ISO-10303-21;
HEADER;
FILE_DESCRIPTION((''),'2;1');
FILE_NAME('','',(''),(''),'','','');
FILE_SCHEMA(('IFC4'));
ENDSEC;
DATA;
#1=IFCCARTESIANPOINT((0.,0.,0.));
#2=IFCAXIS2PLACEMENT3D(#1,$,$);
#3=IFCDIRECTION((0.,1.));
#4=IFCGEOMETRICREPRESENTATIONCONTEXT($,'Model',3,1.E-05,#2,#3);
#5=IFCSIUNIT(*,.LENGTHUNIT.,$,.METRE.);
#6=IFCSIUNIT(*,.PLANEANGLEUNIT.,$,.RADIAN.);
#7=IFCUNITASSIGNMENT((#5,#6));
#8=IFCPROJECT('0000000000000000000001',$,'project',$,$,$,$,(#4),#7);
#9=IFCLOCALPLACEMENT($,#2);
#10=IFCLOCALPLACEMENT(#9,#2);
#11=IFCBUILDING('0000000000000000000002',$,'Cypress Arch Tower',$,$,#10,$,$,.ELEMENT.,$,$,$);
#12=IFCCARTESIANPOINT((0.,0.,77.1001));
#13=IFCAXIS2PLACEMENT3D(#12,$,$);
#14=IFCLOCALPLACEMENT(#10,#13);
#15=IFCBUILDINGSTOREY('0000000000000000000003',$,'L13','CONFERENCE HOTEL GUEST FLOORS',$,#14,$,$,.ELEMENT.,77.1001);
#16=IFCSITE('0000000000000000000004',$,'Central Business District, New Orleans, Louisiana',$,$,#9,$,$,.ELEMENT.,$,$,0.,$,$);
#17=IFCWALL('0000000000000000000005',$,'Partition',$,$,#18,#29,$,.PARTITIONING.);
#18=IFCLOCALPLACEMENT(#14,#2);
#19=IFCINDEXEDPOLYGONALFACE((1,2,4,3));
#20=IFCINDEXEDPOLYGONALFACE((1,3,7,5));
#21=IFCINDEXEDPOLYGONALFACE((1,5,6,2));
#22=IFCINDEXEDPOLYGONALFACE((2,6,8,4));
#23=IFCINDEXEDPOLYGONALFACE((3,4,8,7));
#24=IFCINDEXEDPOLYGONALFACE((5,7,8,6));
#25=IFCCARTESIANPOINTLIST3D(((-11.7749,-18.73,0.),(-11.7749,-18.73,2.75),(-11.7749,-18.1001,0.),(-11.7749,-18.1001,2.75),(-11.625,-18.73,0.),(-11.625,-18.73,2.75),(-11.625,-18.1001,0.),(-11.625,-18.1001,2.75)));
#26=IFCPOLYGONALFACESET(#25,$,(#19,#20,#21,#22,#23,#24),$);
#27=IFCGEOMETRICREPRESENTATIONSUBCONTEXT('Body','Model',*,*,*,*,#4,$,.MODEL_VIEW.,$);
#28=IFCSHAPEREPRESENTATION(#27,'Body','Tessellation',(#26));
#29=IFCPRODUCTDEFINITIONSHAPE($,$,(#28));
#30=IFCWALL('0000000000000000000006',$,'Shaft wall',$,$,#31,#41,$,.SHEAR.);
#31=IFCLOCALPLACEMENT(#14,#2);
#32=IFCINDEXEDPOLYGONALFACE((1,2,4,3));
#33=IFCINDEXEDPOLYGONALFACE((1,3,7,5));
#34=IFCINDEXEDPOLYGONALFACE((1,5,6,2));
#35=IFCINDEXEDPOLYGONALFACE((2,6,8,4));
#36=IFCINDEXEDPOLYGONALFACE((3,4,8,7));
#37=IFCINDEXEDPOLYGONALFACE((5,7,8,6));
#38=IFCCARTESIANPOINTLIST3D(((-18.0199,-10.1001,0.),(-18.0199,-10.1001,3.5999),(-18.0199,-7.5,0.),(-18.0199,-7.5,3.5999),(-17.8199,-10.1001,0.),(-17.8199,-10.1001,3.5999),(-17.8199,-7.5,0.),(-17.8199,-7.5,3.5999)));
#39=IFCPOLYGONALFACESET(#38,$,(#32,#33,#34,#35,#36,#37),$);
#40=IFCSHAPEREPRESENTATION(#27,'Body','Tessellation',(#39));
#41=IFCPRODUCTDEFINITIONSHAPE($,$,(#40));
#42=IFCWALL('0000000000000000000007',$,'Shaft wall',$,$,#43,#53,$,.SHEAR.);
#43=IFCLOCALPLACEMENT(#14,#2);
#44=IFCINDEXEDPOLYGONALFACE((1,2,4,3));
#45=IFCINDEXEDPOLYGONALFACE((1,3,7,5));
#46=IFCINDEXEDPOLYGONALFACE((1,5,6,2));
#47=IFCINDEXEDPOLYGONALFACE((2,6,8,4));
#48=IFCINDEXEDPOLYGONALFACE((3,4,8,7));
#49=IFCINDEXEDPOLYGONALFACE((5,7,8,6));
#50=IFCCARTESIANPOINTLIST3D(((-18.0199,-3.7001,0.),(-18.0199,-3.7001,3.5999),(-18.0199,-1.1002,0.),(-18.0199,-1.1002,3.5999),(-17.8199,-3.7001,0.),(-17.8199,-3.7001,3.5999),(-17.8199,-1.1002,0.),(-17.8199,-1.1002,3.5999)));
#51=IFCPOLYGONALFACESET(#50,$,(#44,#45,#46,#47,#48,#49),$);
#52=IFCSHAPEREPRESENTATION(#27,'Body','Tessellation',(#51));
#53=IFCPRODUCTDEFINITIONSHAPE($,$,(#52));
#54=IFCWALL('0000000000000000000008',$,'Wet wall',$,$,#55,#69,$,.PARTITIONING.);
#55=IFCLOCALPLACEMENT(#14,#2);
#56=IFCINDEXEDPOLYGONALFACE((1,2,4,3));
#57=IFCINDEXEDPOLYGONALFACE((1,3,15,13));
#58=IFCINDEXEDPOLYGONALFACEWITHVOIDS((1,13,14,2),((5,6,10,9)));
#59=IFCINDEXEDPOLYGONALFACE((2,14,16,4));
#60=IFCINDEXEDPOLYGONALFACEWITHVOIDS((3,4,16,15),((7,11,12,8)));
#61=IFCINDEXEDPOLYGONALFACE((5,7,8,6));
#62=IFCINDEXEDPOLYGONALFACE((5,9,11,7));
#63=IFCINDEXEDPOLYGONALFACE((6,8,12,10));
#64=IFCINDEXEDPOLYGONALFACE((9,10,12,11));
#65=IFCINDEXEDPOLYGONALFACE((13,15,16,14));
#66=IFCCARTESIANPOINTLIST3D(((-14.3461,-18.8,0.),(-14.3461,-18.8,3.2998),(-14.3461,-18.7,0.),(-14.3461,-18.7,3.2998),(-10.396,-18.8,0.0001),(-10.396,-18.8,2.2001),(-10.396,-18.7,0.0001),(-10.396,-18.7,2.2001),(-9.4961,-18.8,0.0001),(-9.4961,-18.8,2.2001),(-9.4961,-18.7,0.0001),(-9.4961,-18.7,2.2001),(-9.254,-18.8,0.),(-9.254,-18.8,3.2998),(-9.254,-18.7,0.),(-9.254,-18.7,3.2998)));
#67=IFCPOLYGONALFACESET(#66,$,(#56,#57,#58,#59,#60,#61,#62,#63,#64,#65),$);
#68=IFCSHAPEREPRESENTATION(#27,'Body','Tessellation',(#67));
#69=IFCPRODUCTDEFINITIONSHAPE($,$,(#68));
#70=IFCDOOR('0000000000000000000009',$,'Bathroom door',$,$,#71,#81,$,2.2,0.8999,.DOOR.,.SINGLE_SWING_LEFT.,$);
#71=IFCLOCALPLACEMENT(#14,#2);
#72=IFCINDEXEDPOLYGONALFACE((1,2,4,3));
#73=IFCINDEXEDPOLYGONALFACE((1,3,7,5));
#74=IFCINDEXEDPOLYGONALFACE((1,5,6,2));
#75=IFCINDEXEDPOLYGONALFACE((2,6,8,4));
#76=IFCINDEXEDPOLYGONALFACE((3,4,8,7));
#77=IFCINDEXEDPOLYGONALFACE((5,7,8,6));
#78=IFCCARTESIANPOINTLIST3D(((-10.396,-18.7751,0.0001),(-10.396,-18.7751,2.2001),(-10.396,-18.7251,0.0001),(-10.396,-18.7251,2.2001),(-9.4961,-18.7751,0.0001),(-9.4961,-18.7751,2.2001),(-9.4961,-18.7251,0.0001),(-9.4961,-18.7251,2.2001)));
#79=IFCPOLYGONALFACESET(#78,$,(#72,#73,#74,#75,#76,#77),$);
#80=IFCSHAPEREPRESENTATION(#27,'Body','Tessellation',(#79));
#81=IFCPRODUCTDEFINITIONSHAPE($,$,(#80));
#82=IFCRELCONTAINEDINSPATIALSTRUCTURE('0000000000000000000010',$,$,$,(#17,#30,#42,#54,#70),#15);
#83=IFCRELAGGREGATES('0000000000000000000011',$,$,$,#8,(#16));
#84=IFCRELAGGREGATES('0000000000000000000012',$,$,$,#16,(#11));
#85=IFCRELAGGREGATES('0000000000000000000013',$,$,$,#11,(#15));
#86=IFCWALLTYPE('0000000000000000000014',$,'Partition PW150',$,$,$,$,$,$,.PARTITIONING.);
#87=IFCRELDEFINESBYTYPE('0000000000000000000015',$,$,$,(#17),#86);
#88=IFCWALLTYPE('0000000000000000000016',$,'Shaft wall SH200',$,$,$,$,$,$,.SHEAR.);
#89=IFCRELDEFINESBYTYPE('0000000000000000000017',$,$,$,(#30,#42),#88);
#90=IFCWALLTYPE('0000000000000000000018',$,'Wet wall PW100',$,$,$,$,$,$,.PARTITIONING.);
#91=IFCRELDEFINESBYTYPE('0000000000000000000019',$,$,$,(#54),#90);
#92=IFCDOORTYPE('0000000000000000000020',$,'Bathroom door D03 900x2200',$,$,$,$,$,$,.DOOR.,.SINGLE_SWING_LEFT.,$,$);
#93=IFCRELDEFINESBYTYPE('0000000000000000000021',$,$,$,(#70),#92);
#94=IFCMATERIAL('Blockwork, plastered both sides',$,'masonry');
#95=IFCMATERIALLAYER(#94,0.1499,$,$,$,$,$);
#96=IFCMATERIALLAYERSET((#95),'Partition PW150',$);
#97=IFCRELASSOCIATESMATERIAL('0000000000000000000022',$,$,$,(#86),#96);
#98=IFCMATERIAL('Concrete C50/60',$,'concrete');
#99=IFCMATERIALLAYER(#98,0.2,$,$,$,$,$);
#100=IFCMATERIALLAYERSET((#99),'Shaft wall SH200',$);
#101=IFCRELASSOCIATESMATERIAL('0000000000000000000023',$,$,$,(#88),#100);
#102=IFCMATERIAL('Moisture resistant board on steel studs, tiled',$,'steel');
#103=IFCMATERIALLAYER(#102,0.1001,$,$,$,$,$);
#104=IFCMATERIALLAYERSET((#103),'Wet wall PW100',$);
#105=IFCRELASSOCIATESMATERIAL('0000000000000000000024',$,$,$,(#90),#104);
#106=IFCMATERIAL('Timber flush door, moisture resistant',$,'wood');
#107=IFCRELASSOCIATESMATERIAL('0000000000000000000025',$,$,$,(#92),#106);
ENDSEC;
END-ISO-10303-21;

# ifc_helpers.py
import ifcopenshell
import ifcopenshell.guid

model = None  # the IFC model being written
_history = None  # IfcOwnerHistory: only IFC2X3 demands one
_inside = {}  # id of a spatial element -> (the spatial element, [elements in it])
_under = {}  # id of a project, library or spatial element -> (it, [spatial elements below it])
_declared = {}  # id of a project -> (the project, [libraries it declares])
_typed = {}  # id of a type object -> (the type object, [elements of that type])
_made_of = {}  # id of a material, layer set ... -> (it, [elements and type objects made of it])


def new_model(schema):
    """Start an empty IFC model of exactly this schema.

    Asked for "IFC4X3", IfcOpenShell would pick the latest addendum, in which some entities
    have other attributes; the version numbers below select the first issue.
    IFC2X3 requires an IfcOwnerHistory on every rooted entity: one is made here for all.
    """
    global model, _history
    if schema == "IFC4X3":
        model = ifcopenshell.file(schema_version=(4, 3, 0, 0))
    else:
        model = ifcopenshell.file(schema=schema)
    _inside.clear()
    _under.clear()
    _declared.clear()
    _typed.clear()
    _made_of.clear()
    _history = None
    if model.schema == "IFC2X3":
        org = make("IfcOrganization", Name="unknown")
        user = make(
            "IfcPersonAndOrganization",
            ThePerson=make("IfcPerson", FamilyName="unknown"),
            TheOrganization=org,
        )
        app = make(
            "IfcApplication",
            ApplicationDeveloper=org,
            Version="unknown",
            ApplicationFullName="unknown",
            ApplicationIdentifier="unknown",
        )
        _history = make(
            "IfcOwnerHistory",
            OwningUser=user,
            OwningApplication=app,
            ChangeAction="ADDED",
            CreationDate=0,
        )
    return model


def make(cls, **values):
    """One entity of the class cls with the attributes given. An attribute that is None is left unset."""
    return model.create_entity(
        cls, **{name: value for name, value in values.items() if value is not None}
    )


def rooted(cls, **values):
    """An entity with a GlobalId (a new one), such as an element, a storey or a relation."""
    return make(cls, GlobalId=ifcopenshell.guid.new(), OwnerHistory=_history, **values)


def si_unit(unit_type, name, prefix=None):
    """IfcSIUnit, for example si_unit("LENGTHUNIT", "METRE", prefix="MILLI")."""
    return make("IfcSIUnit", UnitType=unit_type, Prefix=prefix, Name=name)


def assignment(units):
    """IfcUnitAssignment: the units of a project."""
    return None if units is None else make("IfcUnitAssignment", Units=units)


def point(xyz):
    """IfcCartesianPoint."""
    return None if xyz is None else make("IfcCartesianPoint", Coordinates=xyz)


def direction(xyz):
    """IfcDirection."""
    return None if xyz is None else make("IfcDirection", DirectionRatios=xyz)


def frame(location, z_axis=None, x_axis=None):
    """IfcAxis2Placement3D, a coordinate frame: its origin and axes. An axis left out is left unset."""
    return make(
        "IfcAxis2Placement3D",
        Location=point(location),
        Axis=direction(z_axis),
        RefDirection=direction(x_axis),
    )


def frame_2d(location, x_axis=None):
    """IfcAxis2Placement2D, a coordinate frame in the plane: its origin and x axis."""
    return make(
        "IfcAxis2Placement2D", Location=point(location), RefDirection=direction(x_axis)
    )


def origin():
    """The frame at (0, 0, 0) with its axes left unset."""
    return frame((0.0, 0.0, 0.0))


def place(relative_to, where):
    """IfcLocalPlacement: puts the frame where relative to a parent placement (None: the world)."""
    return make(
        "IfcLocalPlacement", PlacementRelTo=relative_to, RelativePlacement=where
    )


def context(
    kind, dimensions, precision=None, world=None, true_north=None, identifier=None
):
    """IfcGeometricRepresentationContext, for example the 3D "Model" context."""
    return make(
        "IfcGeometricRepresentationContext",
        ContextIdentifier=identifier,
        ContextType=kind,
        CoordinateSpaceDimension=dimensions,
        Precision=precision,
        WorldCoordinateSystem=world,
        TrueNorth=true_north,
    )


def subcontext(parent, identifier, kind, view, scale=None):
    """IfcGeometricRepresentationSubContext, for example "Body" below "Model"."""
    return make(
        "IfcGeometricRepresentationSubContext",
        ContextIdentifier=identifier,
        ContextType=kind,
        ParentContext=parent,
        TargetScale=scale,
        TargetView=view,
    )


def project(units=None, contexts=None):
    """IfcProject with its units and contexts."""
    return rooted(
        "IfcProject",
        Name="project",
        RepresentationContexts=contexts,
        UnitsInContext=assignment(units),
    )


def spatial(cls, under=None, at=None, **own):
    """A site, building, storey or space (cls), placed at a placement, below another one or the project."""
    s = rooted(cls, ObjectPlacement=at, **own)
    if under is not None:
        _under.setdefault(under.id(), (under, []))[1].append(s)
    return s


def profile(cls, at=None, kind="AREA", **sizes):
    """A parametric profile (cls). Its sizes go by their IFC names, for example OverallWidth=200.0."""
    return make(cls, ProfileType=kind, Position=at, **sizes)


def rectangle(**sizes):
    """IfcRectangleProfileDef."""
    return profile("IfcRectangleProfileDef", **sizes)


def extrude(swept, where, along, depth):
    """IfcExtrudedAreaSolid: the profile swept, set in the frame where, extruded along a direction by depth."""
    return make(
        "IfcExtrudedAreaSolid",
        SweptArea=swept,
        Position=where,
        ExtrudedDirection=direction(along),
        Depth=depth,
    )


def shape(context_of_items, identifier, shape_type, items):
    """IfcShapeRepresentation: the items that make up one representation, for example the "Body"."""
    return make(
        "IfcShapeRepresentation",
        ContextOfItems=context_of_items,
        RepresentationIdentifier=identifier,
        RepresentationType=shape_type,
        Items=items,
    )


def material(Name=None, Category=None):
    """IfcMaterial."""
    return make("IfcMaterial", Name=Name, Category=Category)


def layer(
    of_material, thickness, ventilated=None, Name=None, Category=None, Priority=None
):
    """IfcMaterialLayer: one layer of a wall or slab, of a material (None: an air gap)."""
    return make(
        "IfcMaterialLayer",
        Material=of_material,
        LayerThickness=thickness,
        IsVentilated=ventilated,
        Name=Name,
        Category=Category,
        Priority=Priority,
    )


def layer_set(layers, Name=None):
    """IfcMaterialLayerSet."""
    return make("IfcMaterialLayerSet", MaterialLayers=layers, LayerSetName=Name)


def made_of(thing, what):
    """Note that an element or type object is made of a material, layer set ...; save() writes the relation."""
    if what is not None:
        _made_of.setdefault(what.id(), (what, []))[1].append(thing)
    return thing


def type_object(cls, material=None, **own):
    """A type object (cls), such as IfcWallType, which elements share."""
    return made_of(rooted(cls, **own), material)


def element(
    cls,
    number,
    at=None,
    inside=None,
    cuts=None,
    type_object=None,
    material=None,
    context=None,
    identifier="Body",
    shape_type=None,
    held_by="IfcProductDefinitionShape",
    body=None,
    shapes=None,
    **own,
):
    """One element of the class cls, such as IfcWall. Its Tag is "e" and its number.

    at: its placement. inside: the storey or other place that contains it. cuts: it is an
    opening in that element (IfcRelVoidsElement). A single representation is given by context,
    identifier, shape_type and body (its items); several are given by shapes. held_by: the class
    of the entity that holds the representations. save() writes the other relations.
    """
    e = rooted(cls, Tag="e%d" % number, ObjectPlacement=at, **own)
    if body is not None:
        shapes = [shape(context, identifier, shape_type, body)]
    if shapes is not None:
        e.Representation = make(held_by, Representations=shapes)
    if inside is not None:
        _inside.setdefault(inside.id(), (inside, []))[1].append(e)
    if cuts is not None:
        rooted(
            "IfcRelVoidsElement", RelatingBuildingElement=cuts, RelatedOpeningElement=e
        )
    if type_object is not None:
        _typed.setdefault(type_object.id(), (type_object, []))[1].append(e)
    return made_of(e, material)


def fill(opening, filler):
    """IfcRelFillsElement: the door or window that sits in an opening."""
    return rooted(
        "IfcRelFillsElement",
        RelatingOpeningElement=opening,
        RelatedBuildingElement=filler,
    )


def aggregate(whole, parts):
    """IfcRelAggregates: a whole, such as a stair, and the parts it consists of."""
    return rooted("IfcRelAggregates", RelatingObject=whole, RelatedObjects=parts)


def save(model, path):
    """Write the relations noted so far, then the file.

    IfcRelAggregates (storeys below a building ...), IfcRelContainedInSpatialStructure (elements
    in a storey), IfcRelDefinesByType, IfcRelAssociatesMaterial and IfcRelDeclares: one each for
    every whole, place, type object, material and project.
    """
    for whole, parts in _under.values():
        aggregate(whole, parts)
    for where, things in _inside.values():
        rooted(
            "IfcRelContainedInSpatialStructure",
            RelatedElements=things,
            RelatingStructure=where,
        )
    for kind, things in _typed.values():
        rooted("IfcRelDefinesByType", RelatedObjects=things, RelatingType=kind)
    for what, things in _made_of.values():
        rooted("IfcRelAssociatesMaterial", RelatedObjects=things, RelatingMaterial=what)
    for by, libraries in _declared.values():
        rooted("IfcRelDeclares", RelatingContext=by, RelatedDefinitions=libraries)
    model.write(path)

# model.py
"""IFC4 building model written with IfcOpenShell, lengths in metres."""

from ifc_helpers import new_model, si_unit, direction, frame, frame_2d, origin, place, context, subcontext, project, spatial, rectangle, extrude, material, layer, layer_set, type_object, element, fill, save


model = new_model("IFC4")

# Units and contexts
model_context = context("Model", 3, precision=1e-05, world=origin(), true_north=direction((0.0, 1.0)))
body_context = subcontext(model_context, "Body", "Model", "MODEL_VIEW")
ifc_project = project(units=[si_unit("LENGTHUNIT", "METRE"), si_unit("PLANEANGLEUNIT", "RADIAN")], contexts=[model_context])

# Site, building, storey
site_placement = place(None, origin())
site = spatial("IfcSite", under=ifc_project, at=site_placement, Name="Central Business District, New Orleans, Louisiana", CompositionType="ELEMENT", RefElevation=0.0)
building_placement = place(site_placement, origin())
building = spatial("IfcBuilding", under=site, at=building_placement, Name="Cypress Arch Tower", CompositionType="ELEMENT")
storey_placement = place(building_placement, frame((0.0, 0.0, 77.1001)))
storey = spatial("IfcBuildingStorey", under=building, at=storey_placement, Name="L13", Description="CONFERENCE HOTEL GUEST FLOORS", CompositionType="ELEMENT", Elevation=77.1001)

# Walls
ifc_material_1 = material(Name="Blockwork, plastered both sides", Category="masonry")
ifc_layer_1 = layer(ifc_material_1, 0.1499)
ifc_layer_set_1 = layer_set([ifc_layer_1], Name="Partition PW150")
wall_type_1 = type_object("IfcWallType", Name="Partition PW150", PredefinedType="PARTITIONING", material=ifc_layer_set_1)
wall_1_placement = place(storey_placement, frame((-11.7, -18.73, 0.0), z_axis=(0.0, 0.0, 1.0), x_axis=(0.0, 1.0, 0.0)))
element("IfcWall", 1, at=wall_1_placement, inside=storey, type_object=wall_type_1, Name="Partition", PredefinedType="PARTITIONING", context=body_context, shape_type="SweptSolid", body=[
    extrude(rectangle(XDim=0.6299, YDim=0.1499, at=frame_2d((0.3149, 0.0))), origin(), (0.0, 0.0, 1.0), 2.75),
])
ifc_material_2 = material(Name="Concrete C50/60", Category="concrete")
ifc_layer_2 = layer(ifc_material_2, 0.2)
ifc_layer_set_2 = layer_set([ifc_layer_2], Name="Shaft wall SH200")
wall_type_2 = type_object("IfcWallType", Name="Shaft wall SH200", PredefinedType="SHEAR", material=ifc_layer_set_2)
wall_2_placement = place(storey_placement, frame((-17.9199, -10.1001, 0.0), z_axis=(0.0, 0.0, 1.0), x_axis=(0.0, 1.0, 0.0)))
element("IfcWall", 2, at=wall_2_placement, inside=storey, type_object=wall_type_2, Name="Shaft wall", PredefinedType="SHEAR", context=body_context, shape_type="SweptSolid", body=[
    extrude(rectangle(XDim=2.6001, YDim=0.2, at=frame_2d((1.3, 0.0))), origin(), (0.0, 0.0, 1.0), 3.5999),
])
wall_3_placement = place(storey_placement, frame((-17.9199, -3.7, 0.0), z_axis=(0.0, 0.0, 1.0), x_axis=(0.0, 1.0, 0.0)))
element("IfcWall", 3, at=wall_3_placement, inside=storey, type_object=wall_type_2, Name="Shaft wall", PredefinedType="SHEAR", context=body_context, shape_type="SweptSolid", body=[
    extrude(rectangle(XDim=2.5999, YDim=0.2, at=frame_2d((1.2998, 0.0))), origin(), (0.0, 0.0, 1.0), 3.5999),
])

# Wall, opening, door
ifc_material_3 = material(Name="Moisture resistant board on steel studs, tiled", Category="steel")
ifc_layer_3 = layer(ifc_material_3, 0.1001)
ifc_layer_set_3 = layer_set([ifc_layer_3], Name="Wet wall PW100")
wall_type_3 = type_object("IfcWallType", Name="Wet wall PW100", PredefinedType="PARTITIONING", material=ifc_layer_set_3)
wall_4_placement = place(storey_placement, frame((-14.3459, -18.75, 0.0), z_axis=(0.0, 0.0, 1.0), x_axis=(1.0, 0.0, 0.0)))
wall_4 = element("IfcWall", 4, at=wall_4_placement, inside=storey, type_object=wall_type_3, Name="Wet wall", PredefinedType="PARTITIONING", context=body_context, shape_type="SweptSolid", body=[
    extrude(rectangle(XDim=5.092, YDim=0.1001, at=frame_2d((2.5459, 0.0))), origin(), (0.0, 0.0, 1.0), 3.2998),
])
opening_1_placement = place(wall_4_placement, frame((3.95, 0.0, 0.0)))
opening_1 = element("IfcOpeningElement", 5, at=opening_1_placement, cuts=wall_4, PredefinedType="OPENING", context=body_context, shape_type="SweptSolid", body=[
    extrude(rectangle(XDim=0.8999, YDim=2.2, at=frame_2d((0.45, 1.1001))), frame((0.0, 0.0601, 0.0), z_axis=(0.0, -1.0, 0.0), x_axis=(1.0, 0.0, 0.0)), (0.0, 0.0, 1.0), 0.1201),
])
ifc_material_4 = material(Name="Timber flush door, moisture resistant", Category="wood")
door_type_1 = type_object("IfcDoorType", Name="Bathroom door D03 900x2200", OperationType="SINGLE_SWING_LEFT", PredefinedType="DOOR", material=ifc_material_4)
door_1_placement = place(opening_1_placement, origin())
door_1 = element("IfcDoor", 6, at=door_1_placement, inside=storey, type_object=door_type_1, Name="Bathroom door", OperationType="SINGLE_SWING_LEFT", OverallHeight=2.2, OverallWidth=0.8999, PredefinedType="DOOR", context=body_context, shape_type="SweptSolid", body=[
    extrude(rectangle(XDim=0.8999, YDim=2.2, at=frame_2d((0.45, 1.1001))), frame((0.0, 0.0249, 0.0), z_axis=(0.0, -1.0, 0.0), x_axis=(1.0, 0.0, 0.0)), (0.0, 0.0, 1.0), 0.05),
])
fill(opening_1, door_1)

save(model, "model.ifc")
